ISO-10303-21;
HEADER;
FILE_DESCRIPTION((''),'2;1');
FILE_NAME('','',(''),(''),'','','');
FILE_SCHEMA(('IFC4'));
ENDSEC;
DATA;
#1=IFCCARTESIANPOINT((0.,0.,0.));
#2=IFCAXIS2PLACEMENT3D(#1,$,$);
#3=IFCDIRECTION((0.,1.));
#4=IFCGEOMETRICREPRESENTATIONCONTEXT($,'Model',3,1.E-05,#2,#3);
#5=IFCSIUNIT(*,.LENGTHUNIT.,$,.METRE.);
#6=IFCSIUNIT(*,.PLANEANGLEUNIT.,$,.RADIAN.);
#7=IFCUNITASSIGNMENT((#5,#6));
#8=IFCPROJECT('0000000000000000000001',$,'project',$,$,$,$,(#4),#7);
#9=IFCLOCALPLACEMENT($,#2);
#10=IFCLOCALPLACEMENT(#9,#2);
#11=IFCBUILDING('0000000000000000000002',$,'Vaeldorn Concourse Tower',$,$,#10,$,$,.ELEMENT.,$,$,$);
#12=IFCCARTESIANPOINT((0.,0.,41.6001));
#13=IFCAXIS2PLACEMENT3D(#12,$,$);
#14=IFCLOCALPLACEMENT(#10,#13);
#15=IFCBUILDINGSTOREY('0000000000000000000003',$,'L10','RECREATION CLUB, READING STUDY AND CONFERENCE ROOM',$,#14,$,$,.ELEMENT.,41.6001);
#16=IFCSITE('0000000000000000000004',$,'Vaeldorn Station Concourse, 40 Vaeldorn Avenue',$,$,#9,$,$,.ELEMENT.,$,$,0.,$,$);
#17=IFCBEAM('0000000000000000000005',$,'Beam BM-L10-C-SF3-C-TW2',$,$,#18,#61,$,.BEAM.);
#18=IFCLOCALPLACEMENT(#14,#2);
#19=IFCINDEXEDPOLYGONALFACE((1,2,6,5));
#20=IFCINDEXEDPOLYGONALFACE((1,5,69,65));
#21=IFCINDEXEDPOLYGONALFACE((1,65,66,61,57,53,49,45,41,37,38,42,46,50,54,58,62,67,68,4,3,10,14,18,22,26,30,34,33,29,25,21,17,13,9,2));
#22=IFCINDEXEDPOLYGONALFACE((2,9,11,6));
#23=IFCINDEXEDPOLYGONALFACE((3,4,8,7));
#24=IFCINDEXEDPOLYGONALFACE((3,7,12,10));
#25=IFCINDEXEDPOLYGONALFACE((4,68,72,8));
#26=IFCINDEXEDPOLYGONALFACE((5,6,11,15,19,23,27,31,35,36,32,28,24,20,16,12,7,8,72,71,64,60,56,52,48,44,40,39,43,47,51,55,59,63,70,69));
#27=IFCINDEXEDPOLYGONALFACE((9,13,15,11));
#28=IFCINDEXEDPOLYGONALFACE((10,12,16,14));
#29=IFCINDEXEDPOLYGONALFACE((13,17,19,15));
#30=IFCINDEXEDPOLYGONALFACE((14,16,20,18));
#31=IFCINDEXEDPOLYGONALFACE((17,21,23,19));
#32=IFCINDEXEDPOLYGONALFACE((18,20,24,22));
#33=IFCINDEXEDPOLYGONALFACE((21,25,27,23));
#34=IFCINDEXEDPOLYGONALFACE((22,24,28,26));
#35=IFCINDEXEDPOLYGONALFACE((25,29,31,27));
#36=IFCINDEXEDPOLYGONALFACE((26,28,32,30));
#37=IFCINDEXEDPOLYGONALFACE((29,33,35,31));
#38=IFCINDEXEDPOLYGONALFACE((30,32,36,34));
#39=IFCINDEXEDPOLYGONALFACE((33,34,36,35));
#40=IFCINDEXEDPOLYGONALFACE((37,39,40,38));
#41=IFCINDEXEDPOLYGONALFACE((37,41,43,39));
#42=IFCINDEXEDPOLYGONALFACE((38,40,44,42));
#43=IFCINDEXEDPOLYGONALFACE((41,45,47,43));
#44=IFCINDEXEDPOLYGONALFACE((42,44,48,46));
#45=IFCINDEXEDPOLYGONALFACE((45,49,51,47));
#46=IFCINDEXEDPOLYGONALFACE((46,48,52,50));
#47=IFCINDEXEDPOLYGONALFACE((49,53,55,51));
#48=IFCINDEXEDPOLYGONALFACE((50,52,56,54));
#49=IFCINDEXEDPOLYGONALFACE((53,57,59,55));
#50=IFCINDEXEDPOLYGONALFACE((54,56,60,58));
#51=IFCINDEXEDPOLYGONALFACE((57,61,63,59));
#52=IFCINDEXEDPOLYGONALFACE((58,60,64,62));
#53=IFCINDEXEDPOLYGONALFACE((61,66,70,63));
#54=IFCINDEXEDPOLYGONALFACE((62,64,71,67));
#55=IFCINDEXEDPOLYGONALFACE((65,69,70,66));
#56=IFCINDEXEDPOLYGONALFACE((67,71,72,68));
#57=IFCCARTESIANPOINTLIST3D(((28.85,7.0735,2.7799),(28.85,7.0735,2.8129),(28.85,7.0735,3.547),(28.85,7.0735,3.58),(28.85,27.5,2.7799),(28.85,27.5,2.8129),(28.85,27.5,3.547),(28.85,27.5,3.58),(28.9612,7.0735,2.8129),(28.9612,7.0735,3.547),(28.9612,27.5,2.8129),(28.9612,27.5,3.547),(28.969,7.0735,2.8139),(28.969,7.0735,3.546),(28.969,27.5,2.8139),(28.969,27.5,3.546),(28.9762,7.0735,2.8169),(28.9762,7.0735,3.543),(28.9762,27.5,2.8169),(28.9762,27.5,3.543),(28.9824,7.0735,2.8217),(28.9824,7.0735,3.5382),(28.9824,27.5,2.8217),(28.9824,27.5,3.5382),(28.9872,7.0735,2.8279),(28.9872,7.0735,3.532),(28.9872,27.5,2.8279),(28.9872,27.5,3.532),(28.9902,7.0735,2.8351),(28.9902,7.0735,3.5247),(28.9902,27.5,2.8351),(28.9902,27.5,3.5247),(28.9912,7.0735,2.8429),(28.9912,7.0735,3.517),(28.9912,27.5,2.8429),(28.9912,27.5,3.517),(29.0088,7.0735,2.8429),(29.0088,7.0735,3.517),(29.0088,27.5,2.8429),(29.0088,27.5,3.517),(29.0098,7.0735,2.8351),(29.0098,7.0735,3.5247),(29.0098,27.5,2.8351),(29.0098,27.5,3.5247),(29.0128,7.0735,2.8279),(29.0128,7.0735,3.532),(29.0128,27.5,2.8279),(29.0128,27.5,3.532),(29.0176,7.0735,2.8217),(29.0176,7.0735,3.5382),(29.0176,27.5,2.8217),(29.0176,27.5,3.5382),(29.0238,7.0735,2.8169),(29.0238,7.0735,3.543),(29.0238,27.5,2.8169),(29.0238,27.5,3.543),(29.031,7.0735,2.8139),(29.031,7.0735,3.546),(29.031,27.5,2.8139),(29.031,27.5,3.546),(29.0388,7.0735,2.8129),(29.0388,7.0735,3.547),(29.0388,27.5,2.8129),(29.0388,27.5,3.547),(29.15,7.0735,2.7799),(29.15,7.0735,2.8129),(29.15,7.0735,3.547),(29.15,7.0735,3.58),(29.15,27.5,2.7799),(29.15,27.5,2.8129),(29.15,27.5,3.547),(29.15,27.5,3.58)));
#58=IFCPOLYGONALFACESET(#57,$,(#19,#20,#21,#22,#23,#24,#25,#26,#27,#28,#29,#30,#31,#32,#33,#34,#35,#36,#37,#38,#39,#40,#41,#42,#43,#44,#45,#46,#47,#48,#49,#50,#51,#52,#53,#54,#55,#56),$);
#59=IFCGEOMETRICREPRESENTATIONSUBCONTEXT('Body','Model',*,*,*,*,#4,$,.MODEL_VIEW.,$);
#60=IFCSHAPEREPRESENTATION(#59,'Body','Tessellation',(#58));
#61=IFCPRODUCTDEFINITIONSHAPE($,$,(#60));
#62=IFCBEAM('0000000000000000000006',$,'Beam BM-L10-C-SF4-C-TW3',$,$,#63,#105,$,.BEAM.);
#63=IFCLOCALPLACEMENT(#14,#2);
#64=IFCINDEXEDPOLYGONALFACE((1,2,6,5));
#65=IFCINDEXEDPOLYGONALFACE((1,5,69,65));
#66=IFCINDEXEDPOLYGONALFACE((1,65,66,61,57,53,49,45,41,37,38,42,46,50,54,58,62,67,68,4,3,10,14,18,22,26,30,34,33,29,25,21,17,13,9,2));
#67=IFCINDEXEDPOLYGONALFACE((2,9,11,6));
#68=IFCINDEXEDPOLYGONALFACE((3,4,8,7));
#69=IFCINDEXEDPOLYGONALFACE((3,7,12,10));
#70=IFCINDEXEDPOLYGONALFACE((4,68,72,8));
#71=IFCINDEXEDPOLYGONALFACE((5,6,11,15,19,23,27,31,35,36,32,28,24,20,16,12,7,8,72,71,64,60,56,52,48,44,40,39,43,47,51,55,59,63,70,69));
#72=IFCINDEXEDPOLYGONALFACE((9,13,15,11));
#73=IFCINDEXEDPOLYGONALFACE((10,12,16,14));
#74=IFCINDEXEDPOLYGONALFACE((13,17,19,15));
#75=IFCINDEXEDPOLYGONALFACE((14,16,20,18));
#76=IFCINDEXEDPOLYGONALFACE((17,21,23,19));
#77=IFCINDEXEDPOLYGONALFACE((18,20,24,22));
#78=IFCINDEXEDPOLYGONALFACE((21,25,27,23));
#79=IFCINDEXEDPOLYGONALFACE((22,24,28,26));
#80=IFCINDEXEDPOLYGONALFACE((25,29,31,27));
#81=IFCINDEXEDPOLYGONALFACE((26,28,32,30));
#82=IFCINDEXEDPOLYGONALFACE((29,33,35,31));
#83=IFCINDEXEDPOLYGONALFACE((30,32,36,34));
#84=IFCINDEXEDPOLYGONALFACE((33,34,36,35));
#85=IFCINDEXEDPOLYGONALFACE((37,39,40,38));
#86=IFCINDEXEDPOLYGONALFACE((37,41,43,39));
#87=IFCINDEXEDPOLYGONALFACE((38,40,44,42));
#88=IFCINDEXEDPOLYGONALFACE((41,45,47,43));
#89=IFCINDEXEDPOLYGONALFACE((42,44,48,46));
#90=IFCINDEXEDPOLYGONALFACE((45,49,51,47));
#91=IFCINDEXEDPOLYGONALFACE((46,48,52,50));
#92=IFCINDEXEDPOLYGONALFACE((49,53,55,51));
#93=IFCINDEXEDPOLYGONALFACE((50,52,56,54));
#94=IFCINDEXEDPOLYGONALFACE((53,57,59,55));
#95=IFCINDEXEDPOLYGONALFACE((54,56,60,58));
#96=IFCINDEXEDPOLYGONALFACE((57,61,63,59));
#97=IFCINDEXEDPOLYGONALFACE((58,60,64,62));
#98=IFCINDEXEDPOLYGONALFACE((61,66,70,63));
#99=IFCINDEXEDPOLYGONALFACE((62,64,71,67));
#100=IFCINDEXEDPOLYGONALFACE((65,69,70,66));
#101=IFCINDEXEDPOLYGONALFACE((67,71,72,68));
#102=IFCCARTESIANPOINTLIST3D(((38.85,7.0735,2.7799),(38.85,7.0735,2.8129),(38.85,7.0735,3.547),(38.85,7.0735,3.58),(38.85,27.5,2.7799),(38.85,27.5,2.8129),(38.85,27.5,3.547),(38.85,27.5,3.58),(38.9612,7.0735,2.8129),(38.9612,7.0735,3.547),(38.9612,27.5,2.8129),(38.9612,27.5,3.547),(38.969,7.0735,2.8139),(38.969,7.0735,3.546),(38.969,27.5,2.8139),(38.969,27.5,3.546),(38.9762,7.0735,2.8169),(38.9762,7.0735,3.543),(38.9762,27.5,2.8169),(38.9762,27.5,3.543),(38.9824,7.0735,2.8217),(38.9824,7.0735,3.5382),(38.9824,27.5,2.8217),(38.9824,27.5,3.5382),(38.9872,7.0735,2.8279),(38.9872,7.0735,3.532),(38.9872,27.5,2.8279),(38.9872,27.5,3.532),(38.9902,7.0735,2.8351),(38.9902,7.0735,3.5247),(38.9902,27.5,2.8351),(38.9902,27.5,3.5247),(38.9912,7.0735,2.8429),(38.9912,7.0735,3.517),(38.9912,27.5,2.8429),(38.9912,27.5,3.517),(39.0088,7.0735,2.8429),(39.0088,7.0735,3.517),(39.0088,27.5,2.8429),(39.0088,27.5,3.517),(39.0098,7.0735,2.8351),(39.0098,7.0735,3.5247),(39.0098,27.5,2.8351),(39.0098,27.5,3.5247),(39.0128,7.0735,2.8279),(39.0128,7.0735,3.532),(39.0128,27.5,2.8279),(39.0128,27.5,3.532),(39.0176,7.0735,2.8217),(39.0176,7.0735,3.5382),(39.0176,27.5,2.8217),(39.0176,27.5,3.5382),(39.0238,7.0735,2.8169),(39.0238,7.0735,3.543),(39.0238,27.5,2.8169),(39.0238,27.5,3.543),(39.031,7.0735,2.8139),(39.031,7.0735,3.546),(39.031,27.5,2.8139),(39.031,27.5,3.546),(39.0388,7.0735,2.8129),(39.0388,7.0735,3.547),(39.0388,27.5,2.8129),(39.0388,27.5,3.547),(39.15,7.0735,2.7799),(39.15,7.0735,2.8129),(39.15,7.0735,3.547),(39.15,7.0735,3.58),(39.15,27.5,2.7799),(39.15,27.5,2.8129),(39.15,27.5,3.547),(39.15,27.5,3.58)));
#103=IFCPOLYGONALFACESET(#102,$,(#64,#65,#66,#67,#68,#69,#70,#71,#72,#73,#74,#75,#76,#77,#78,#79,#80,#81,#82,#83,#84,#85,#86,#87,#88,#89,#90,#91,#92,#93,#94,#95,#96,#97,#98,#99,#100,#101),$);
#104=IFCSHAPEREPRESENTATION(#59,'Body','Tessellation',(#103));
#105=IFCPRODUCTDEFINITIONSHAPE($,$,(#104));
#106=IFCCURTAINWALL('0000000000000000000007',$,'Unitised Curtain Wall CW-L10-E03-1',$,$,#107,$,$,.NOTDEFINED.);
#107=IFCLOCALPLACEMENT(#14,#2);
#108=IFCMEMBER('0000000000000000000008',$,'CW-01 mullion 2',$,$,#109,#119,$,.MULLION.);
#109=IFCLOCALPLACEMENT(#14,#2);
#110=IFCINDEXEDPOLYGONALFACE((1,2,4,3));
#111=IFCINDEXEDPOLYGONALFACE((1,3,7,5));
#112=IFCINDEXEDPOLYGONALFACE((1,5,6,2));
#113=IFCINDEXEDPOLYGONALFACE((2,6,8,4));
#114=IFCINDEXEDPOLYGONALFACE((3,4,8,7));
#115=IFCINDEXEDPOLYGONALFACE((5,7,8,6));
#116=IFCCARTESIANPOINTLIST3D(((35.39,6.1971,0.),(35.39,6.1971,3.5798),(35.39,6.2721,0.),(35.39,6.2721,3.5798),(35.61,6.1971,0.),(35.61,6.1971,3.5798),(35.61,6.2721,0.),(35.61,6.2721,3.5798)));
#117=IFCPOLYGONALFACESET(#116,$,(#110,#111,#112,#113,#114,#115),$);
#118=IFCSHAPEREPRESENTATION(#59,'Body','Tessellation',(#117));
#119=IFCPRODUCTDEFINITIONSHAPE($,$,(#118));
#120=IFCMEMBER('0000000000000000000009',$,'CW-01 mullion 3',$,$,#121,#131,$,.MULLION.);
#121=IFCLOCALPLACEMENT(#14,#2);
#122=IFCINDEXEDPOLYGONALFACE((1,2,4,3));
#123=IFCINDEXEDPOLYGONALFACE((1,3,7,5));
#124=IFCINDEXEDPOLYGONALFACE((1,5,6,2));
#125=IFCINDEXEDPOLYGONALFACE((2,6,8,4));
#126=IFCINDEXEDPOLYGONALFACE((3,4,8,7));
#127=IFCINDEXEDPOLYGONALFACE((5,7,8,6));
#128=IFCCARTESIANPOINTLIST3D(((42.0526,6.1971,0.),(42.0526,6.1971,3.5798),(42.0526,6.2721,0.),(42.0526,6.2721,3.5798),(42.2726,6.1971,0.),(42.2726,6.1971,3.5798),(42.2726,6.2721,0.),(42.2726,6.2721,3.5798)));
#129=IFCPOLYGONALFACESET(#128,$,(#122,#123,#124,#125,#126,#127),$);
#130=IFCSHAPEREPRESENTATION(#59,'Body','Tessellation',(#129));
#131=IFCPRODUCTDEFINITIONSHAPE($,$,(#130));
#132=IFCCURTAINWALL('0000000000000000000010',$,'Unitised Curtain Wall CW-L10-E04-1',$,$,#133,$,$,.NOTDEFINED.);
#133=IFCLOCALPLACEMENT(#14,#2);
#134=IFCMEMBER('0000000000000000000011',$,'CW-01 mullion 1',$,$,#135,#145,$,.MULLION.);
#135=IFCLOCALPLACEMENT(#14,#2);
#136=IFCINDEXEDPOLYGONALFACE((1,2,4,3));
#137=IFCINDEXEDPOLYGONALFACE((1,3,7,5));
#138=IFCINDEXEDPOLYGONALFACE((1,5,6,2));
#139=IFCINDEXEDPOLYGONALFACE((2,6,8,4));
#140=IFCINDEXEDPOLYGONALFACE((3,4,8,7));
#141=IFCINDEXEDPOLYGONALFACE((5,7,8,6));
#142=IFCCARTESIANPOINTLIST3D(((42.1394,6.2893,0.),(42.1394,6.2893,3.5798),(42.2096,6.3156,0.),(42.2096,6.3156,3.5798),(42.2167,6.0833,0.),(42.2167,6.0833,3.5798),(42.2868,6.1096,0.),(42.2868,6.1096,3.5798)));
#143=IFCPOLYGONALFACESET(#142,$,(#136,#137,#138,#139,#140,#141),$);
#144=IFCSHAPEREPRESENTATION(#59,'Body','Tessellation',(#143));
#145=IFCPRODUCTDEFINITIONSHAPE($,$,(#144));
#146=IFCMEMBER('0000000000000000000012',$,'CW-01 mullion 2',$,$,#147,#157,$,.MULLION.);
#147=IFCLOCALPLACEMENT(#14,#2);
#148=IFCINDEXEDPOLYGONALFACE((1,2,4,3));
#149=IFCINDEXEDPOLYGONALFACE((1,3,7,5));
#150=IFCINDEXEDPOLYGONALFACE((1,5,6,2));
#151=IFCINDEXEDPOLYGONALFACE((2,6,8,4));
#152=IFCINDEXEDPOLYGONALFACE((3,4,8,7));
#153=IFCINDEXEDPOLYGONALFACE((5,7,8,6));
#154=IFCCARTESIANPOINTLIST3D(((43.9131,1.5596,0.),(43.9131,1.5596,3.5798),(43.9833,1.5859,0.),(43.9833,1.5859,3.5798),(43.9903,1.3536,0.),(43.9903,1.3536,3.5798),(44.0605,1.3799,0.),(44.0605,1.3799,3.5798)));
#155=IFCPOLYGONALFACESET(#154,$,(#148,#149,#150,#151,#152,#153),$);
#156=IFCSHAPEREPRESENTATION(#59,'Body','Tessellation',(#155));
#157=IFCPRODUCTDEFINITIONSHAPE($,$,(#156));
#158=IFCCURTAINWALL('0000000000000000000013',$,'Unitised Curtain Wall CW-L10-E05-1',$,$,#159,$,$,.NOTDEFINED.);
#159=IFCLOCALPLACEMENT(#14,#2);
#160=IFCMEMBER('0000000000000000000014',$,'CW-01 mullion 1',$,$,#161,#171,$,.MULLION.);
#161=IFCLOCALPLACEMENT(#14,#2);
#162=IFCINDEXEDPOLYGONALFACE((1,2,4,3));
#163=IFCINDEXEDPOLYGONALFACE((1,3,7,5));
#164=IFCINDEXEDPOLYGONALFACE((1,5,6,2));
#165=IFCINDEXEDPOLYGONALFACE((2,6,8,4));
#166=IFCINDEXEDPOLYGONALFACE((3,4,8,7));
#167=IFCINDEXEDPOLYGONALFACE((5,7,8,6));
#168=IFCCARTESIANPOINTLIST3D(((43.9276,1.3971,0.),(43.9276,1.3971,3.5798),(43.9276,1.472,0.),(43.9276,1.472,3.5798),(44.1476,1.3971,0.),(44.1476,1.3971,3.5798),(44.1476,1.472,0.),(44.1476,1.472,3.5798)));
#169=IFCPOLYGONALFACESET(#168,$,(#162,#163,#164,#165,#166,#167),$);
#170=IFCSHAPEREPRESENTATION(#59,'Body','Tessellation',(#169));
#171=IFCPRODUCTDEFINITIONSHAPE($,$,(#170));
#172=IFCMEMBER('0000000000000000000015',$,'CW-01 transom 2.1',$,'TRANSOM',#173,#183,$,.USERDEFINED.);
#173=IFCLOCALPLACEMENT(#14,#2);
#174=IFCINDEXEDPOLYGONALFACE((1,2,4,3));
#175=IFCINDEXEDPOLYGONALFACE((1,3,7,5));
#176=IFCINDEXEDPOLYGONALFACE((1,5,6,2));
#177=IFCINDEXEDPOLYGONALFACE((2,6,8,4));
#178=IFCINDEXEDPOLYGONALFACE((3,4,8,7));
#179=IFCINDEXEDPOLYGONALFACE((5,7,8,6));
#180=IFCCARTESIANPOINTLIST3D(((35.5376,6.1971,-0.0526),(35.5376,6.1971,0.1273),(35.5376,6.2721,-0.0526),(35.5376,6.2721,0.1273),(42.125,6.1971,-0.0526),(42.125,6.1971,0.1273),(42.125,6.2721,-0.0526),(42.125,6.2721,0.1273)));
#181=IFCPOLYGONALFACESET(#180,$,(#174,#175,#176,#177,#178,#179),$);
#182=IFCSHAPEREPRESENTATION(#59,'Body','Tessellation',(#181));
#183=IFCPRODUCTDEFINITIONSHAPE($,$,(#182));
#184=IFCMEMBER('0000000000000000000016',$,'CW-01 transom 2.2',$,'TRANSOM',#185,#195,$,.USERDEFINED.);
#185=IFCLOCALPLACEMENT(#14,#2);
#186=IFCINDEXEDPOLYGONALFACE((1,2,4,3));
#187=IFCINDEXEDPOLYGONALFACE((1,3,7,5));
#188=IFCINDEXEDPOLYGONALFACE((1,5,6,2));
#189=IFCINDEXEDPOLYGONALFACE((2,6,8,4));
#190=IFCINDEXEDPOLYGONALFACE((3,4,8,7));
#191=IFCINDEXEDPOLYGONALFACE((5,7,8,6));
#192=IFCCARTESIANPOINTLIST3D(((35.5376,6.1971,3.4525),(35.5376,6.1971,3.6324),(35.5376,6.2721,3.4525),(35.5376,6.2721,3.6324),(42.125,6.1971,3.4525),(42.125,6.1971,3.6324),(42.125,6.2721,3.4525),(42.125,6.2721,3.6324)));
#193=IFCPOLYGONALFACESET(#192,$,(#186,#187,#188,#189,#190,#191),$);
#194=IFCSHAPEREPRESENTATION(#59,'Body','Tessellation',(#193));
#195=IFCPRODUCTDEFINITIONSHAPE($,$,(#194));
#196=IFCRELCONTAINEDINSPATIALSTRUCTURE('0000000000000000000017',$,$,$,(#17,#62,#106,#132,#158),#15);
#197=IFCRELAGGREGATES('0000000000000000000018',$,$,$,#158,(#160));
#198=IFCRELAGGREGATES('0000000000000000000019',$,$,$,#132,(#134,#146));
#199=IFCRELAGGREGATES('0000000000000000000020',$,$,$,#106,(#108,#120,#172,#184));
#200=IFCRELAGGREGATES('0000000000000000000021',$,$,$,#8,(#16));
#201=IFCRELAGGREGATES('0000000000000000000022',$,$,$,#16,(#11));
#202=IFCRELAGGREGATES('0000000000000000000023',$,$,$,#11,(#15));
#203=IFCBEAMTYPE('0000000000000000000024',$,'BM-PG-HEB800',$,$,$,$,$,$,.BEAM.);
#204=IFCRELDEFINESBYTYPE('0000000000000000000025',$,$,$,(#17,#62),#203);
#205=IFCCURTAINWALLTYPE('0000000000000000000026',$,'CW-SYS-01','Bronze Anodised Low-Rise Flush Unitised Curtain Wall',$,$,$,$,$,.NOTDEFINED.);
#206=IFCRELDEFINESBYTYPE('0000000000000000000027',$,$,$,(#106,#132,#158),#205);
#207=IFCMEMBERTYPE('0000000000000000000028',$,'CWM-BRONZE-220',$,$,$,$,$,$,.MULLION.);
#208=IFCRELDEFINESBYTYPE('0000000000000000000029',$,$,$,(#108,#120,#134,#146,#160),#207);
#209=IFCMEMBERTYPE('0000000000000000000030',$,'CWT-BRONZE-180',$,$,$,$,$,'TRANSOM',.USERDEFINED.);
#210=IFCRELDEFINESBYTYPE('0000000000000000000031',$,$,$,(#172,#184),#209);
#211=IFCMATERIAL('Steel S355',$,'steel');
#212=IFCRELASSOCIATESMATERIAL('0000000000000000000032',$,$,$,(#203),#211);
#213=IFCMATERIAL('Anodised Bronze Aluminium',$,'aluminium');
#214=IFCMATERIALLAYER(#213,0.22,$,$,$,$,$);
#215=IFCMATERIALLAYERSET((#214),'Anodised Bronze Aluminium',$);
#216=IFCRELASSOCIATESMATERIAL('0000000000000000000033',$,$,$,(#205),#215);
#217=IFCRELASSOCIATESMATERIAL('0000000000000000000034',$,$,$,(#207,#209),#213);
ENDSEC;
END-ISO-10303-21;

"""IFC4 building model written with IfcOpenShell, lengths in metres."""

from ifc_helpers import new_model, si_unit, direction, frame, origin, origin_2d, place, context, subcontext, project, spatial, rectangle, i_section, extrude, source, transform, mapped, material, layer, layer_set, material_profile, profile_set, type_object, element, aggregate, save


model = new_model("IFC4")

# Units and contexts
model_context = context("Model", 3, precision=1e-05, world=origin(), true_north=direction((0.0, 1.0)))
body_context = subcontext(model_context, "Body", "Model", "MODEL_VIEW")
ifc_project = project(units=[si_unit("LENGTHUNIT", "METRE"), si_unit("PLANEANGLEUNIT", "RADIAN")], contexts=[model_context])

# Site, building, storey
site_placement = place(None, origin())
site = spatial("IfcSite", under=ifc_project, at=site_placement, Name="Vaeldorn Station Concourse, 40 Vaeldorn Avenue", CompositionType="ELEMENT", RefElevation=0.0)
building_placement = place(site_placement, origin())
building = spatial("IfcBuilding", under=site, at=building_placement, Name="Vaeldorn Concourse Tower", CompositionType="ELEMENT")
storey_placement = place(building_placement, frame((0.0, 0.0, 41.6001)))
storey = spatial("IfcBuildingStorey", under=building, at=storey_placement, Name="L10", Description="RECREATION CLUB, READING STUDY AND CONFERENCE ROOM", CompositionType="ELEMENT", Elevation=41.6001)

# Beams
ifc_material_1 = material(Name="Steel S355", Category="steel")
ifc_material_profile_1 = material_profile(ifc_material_1, i_section(OverallWidth=0.3, OverallDepth=0.8, WebThickness=0.0176, FlangeThickness=0.033, FilletRadius=0.03, at=origin_2d()), Name="HEB 800")
ifc_profile_set_1 = profile_set([ifc_material_profile_1], Name="Steel S355")
beam_type_1 = type_object("IfcBeamType", Name="BM-PG-HEB800", PredefinedType="BEAM", material=ifc_profile_set_1)
shared_shape_1 = source(origin(), body_context, "Body", "SweptSolid", [
    extrude(i_section(OverallWidth=0.3, OverallDepth=0.8, WebThickness=0.0176, FlangeThickness=0.033, FilletRadius=0.03, at=origin_2d()), origin(), (0.0, 0.0, 1.0), 20.4265),
])
for number, where, z_axis, x_axis, name in (
    (1, (29.0, 7.0735, 3.1799), (0.0, 1.0, 0.0), (-1.0, 0.0, 0.0), "Beam BM-L10-C-SF3-C-TW2"),
    (2, (39.0, 7.0735, 3.1799), (0.0, 1.0, 0.0), (-1.0, 0.0, 0.0), "Beam BM-L10-C-SF4-C-TW3"),
):
    element("IfcBeam", number, at=place(storey_placement, frame(where, z_axis=z_axis, x_axis=x_axis)), inside=storey, type_object=beam_type_1, Name=name, PredefinedType="BEAM", context=body_context, shape_type="MappedRepresentation", body=[
        mapped(shared_shape_1, transform((0.0, 0.0, 0.0), scale=1.0)),
    ])

# Curtain walls, members
ifc_material_2 = material(Name="Anodised Bronze Aluminium", Category="aluminium")
ifc_layer_1 = layer(ifc_material_2, 0.22)
ifc_layer_set_1 = layer_set([ifc_layer_1], Name="Anodised Bronze Aluminium")
curtain_wall_type = type_object("IfcCurtainWallType", Name="CW-SYS-01", Description="Bronze Anodised Low-Rise Flush Unitised Curtain Wall", PredefinedType="NOTDEFINED", material=ifc_layer_set_1)
curtain_wall_1_placement = place(storey_placement, origin())
curtain_wall_1 = element("IfcCurtainWall", 3, at=curtain_wall_1_placement, inside=storey, type_object=curtain_wall_type, Name="Unitised Curtain Wall CW-L10-E03-1", PredefinedType="NOTDEFINED")
ifc_material_profile_2 = material_profile(ifc_material_2, rectangle(XDim=0.075, YDim=0.22, at=origin_2d()), Name="CWM 75x220")
ifc_profile_set_2 = profile_set([ifc_material_profile_2], Name="Anodised Bronze Aluminium")
member_type_1 = type_object("IfcMemberType", Name="CWM-BRONZE-220", PredefinedType="MULLION", material=ifc_profile_set_2)
shared_shape_2 = source(origin(), body_context, "Body", "SweptSolid", [
    extrude(rectangle(XDim=0.075, YDim=0.22, at=origin_2d()), origin(), (0.0, 0.0, 1.0), 3.5798),
])
member_1_placement = place(storey_placement, frame((35.5, 6.2346, 0.0), z_axis=(0.0, 0.0, 1.0), x_axis=(0.0, 1.0, 0.0)))
member_1 = element("IfcMember", 4, at=member_1_placement, type_object=member_type_1, Name="CW-01 mullion 2", PredefinedType="MULLION", context=body_context, shape_type="MappedRepresentation", body=[
    mapped(shared_shape_2, transform((0.0, 0.0, 0.0), scale=1.0)),
])
member_2_placement = place(storey_placement, frame((42.1626, 6.2346, 0.0), z_axis=(0.0, 0.0, 1.0), x_axis=(0.0, 1.0, 0.0)))
member_2 = element("IfcMember", 5, at=member_2_placement, type_object=member_type_1, Name="CW-01 mullion 3", PredefinedType="MULLION", context=body_context, shape_type="MappedRepresentation", body=[
    mapped(shared_shape_2, transform((0.0, 0.0, 0.0), scale=1.0)),
])
curtain_wall_2_placement = place(storey_placement, origin())
curtain_wall_2 = element("IfcCurtainWall", 6, at=curtain_wall_2_placement, inside=storey, type_object=curtain_wall_type, Name="Unitised Curtain Wall CW-L10-E04-1", PredefinedType="NOTDEFINED")
member_3_placement = place(storey_placement, frame((42.2131, 6.1995, 0.0), z_axis=(0.0, 0.0, 1.0), x_axis=(0.936329, 0.351123, 0.0)))
member_3 = element("IfcMember", 7, at=member_3_placement, type_object=member_type_1, Name="CW-01 mullion 1", PredefinedType="MULLION", context=body_context, shape_type="MappedRepresentation", body=[
    mapped(shared_shape_2, transform((0.0, 0.0, 0.0), scale=1.0)),
])
member_4_placement = place(storey_placement, frame((43.9868, 1.4697, 0.0), z_axis=(0.0, 0.0, 1.0), x_axis=(0.936329, 0.351123, 0.0)))
member_4 = element("IfcMember", 8, at=member_4_placement, type_object=member_type_1, Name="CW-01 mullion 2", PredefinedType="MULLION", context=body_context, shape_type="MappedRepresentation", body=[
    mapped(shared_shape_2, transform((0.0, 0.0, 0.0), scale=1.0)),
])

# Curtain wall, member
curtain_wall_3_placement = place(storey_placement, origin())
curtain_wall_3 = element("IfcCurtainWall", 9, at=curtain_wall_3_placement, inside=storey, type_object=curtain_wall_type, Name="Unitised Curtain Wall CW-L10-E05-1", PredefinedType="NOTDEFINED")
member_5_placement = place(storey_placement, frame((44.0376, 1.4346, 0.0), z_axis=(0.0, 0.0, 1.0), x_axis=(0.0, 1.0, 0.0)))
member_5 = element("IfcMember", 10, at=member_5_placement, type_object=member_type_1, Name="CW-01 mullion 1", PredefinedType="MULLION", context=body_context, shape_type="MappedRepresentation", body=[
    mapped(shared_shape_2, transform((0.0, 0.0, 0.0), scale=1.0)),
])

# Members
ifc_material_profile_3 = material_profile(ifc_material_2, rectangle(XDim=0.075, YDim=0.1799, at=origin_2d()), Name="CWT 75x180")
ifc_profile_set_3 = profile_set([ifc_material_profile_3], Name="Anodised Bronze Aluminium")
member_type_2 = type_object("IfcMemberType", Name="CWT-BRONZE-180", ElementType="TRANSOM", PredefinedType="USERDEFINED", material=ifc_profile_set_3)
shared_shape_3 = source(origin(), body_context, "Body", "SweptSolid", [
    extrude(rectangle(XDim=0.075, YDim=0.1799, at=origin_2d()), origin(), (0.0, 0.0, 1.0), 6.5874),
])
member_6_placement = place(storey_placement, frame((35.5376, 6.2346, 0.0374), z_axis=(1.0, 0.0, 0.0), x_axis=(0.0, 1.0, 0.0)))
member_6 = element("IfcMember", 11, at=member_6_placement, type_object=member_type_2, Name="CW-01 transom 2.1", ObjectType="TRANSOM", PredefinedType="USERDEFINED", context=body_context, shape_type="MappedRepresentation", body=[
    mapped(shared_shape_3, transform((0.0, 0.0, 0.0), scale=1.0)),
])
member_7_placement = place(storey_placement, frame((35.5376, 6.2346, 3.5425), z_axis=(1.0, 0.0, 0.0), x_axis=(0.0, 1.0, 0.0)))
member_7 = element("IfcMember", 12, at=member_7_placement, type_object=member_type_2, Name="CW-01 transom 2.2", ObjectType="TRANSOM", PredefinedType="USERDEFINED", context=body_context, shape_type="MappedRepresentation", body=[
    mapped(shared_shape_3, transform((0.0, 0.0, 0.0), scale=1.0)),
])
aggregate(curtain_wall_3, [member_5])

aggregate(curtain_wall_2, [member_3, member_4])
aggregate(curtain_wall_1, [member_1, member_2, member_6, member_7])

save(model, "model.ifc")
